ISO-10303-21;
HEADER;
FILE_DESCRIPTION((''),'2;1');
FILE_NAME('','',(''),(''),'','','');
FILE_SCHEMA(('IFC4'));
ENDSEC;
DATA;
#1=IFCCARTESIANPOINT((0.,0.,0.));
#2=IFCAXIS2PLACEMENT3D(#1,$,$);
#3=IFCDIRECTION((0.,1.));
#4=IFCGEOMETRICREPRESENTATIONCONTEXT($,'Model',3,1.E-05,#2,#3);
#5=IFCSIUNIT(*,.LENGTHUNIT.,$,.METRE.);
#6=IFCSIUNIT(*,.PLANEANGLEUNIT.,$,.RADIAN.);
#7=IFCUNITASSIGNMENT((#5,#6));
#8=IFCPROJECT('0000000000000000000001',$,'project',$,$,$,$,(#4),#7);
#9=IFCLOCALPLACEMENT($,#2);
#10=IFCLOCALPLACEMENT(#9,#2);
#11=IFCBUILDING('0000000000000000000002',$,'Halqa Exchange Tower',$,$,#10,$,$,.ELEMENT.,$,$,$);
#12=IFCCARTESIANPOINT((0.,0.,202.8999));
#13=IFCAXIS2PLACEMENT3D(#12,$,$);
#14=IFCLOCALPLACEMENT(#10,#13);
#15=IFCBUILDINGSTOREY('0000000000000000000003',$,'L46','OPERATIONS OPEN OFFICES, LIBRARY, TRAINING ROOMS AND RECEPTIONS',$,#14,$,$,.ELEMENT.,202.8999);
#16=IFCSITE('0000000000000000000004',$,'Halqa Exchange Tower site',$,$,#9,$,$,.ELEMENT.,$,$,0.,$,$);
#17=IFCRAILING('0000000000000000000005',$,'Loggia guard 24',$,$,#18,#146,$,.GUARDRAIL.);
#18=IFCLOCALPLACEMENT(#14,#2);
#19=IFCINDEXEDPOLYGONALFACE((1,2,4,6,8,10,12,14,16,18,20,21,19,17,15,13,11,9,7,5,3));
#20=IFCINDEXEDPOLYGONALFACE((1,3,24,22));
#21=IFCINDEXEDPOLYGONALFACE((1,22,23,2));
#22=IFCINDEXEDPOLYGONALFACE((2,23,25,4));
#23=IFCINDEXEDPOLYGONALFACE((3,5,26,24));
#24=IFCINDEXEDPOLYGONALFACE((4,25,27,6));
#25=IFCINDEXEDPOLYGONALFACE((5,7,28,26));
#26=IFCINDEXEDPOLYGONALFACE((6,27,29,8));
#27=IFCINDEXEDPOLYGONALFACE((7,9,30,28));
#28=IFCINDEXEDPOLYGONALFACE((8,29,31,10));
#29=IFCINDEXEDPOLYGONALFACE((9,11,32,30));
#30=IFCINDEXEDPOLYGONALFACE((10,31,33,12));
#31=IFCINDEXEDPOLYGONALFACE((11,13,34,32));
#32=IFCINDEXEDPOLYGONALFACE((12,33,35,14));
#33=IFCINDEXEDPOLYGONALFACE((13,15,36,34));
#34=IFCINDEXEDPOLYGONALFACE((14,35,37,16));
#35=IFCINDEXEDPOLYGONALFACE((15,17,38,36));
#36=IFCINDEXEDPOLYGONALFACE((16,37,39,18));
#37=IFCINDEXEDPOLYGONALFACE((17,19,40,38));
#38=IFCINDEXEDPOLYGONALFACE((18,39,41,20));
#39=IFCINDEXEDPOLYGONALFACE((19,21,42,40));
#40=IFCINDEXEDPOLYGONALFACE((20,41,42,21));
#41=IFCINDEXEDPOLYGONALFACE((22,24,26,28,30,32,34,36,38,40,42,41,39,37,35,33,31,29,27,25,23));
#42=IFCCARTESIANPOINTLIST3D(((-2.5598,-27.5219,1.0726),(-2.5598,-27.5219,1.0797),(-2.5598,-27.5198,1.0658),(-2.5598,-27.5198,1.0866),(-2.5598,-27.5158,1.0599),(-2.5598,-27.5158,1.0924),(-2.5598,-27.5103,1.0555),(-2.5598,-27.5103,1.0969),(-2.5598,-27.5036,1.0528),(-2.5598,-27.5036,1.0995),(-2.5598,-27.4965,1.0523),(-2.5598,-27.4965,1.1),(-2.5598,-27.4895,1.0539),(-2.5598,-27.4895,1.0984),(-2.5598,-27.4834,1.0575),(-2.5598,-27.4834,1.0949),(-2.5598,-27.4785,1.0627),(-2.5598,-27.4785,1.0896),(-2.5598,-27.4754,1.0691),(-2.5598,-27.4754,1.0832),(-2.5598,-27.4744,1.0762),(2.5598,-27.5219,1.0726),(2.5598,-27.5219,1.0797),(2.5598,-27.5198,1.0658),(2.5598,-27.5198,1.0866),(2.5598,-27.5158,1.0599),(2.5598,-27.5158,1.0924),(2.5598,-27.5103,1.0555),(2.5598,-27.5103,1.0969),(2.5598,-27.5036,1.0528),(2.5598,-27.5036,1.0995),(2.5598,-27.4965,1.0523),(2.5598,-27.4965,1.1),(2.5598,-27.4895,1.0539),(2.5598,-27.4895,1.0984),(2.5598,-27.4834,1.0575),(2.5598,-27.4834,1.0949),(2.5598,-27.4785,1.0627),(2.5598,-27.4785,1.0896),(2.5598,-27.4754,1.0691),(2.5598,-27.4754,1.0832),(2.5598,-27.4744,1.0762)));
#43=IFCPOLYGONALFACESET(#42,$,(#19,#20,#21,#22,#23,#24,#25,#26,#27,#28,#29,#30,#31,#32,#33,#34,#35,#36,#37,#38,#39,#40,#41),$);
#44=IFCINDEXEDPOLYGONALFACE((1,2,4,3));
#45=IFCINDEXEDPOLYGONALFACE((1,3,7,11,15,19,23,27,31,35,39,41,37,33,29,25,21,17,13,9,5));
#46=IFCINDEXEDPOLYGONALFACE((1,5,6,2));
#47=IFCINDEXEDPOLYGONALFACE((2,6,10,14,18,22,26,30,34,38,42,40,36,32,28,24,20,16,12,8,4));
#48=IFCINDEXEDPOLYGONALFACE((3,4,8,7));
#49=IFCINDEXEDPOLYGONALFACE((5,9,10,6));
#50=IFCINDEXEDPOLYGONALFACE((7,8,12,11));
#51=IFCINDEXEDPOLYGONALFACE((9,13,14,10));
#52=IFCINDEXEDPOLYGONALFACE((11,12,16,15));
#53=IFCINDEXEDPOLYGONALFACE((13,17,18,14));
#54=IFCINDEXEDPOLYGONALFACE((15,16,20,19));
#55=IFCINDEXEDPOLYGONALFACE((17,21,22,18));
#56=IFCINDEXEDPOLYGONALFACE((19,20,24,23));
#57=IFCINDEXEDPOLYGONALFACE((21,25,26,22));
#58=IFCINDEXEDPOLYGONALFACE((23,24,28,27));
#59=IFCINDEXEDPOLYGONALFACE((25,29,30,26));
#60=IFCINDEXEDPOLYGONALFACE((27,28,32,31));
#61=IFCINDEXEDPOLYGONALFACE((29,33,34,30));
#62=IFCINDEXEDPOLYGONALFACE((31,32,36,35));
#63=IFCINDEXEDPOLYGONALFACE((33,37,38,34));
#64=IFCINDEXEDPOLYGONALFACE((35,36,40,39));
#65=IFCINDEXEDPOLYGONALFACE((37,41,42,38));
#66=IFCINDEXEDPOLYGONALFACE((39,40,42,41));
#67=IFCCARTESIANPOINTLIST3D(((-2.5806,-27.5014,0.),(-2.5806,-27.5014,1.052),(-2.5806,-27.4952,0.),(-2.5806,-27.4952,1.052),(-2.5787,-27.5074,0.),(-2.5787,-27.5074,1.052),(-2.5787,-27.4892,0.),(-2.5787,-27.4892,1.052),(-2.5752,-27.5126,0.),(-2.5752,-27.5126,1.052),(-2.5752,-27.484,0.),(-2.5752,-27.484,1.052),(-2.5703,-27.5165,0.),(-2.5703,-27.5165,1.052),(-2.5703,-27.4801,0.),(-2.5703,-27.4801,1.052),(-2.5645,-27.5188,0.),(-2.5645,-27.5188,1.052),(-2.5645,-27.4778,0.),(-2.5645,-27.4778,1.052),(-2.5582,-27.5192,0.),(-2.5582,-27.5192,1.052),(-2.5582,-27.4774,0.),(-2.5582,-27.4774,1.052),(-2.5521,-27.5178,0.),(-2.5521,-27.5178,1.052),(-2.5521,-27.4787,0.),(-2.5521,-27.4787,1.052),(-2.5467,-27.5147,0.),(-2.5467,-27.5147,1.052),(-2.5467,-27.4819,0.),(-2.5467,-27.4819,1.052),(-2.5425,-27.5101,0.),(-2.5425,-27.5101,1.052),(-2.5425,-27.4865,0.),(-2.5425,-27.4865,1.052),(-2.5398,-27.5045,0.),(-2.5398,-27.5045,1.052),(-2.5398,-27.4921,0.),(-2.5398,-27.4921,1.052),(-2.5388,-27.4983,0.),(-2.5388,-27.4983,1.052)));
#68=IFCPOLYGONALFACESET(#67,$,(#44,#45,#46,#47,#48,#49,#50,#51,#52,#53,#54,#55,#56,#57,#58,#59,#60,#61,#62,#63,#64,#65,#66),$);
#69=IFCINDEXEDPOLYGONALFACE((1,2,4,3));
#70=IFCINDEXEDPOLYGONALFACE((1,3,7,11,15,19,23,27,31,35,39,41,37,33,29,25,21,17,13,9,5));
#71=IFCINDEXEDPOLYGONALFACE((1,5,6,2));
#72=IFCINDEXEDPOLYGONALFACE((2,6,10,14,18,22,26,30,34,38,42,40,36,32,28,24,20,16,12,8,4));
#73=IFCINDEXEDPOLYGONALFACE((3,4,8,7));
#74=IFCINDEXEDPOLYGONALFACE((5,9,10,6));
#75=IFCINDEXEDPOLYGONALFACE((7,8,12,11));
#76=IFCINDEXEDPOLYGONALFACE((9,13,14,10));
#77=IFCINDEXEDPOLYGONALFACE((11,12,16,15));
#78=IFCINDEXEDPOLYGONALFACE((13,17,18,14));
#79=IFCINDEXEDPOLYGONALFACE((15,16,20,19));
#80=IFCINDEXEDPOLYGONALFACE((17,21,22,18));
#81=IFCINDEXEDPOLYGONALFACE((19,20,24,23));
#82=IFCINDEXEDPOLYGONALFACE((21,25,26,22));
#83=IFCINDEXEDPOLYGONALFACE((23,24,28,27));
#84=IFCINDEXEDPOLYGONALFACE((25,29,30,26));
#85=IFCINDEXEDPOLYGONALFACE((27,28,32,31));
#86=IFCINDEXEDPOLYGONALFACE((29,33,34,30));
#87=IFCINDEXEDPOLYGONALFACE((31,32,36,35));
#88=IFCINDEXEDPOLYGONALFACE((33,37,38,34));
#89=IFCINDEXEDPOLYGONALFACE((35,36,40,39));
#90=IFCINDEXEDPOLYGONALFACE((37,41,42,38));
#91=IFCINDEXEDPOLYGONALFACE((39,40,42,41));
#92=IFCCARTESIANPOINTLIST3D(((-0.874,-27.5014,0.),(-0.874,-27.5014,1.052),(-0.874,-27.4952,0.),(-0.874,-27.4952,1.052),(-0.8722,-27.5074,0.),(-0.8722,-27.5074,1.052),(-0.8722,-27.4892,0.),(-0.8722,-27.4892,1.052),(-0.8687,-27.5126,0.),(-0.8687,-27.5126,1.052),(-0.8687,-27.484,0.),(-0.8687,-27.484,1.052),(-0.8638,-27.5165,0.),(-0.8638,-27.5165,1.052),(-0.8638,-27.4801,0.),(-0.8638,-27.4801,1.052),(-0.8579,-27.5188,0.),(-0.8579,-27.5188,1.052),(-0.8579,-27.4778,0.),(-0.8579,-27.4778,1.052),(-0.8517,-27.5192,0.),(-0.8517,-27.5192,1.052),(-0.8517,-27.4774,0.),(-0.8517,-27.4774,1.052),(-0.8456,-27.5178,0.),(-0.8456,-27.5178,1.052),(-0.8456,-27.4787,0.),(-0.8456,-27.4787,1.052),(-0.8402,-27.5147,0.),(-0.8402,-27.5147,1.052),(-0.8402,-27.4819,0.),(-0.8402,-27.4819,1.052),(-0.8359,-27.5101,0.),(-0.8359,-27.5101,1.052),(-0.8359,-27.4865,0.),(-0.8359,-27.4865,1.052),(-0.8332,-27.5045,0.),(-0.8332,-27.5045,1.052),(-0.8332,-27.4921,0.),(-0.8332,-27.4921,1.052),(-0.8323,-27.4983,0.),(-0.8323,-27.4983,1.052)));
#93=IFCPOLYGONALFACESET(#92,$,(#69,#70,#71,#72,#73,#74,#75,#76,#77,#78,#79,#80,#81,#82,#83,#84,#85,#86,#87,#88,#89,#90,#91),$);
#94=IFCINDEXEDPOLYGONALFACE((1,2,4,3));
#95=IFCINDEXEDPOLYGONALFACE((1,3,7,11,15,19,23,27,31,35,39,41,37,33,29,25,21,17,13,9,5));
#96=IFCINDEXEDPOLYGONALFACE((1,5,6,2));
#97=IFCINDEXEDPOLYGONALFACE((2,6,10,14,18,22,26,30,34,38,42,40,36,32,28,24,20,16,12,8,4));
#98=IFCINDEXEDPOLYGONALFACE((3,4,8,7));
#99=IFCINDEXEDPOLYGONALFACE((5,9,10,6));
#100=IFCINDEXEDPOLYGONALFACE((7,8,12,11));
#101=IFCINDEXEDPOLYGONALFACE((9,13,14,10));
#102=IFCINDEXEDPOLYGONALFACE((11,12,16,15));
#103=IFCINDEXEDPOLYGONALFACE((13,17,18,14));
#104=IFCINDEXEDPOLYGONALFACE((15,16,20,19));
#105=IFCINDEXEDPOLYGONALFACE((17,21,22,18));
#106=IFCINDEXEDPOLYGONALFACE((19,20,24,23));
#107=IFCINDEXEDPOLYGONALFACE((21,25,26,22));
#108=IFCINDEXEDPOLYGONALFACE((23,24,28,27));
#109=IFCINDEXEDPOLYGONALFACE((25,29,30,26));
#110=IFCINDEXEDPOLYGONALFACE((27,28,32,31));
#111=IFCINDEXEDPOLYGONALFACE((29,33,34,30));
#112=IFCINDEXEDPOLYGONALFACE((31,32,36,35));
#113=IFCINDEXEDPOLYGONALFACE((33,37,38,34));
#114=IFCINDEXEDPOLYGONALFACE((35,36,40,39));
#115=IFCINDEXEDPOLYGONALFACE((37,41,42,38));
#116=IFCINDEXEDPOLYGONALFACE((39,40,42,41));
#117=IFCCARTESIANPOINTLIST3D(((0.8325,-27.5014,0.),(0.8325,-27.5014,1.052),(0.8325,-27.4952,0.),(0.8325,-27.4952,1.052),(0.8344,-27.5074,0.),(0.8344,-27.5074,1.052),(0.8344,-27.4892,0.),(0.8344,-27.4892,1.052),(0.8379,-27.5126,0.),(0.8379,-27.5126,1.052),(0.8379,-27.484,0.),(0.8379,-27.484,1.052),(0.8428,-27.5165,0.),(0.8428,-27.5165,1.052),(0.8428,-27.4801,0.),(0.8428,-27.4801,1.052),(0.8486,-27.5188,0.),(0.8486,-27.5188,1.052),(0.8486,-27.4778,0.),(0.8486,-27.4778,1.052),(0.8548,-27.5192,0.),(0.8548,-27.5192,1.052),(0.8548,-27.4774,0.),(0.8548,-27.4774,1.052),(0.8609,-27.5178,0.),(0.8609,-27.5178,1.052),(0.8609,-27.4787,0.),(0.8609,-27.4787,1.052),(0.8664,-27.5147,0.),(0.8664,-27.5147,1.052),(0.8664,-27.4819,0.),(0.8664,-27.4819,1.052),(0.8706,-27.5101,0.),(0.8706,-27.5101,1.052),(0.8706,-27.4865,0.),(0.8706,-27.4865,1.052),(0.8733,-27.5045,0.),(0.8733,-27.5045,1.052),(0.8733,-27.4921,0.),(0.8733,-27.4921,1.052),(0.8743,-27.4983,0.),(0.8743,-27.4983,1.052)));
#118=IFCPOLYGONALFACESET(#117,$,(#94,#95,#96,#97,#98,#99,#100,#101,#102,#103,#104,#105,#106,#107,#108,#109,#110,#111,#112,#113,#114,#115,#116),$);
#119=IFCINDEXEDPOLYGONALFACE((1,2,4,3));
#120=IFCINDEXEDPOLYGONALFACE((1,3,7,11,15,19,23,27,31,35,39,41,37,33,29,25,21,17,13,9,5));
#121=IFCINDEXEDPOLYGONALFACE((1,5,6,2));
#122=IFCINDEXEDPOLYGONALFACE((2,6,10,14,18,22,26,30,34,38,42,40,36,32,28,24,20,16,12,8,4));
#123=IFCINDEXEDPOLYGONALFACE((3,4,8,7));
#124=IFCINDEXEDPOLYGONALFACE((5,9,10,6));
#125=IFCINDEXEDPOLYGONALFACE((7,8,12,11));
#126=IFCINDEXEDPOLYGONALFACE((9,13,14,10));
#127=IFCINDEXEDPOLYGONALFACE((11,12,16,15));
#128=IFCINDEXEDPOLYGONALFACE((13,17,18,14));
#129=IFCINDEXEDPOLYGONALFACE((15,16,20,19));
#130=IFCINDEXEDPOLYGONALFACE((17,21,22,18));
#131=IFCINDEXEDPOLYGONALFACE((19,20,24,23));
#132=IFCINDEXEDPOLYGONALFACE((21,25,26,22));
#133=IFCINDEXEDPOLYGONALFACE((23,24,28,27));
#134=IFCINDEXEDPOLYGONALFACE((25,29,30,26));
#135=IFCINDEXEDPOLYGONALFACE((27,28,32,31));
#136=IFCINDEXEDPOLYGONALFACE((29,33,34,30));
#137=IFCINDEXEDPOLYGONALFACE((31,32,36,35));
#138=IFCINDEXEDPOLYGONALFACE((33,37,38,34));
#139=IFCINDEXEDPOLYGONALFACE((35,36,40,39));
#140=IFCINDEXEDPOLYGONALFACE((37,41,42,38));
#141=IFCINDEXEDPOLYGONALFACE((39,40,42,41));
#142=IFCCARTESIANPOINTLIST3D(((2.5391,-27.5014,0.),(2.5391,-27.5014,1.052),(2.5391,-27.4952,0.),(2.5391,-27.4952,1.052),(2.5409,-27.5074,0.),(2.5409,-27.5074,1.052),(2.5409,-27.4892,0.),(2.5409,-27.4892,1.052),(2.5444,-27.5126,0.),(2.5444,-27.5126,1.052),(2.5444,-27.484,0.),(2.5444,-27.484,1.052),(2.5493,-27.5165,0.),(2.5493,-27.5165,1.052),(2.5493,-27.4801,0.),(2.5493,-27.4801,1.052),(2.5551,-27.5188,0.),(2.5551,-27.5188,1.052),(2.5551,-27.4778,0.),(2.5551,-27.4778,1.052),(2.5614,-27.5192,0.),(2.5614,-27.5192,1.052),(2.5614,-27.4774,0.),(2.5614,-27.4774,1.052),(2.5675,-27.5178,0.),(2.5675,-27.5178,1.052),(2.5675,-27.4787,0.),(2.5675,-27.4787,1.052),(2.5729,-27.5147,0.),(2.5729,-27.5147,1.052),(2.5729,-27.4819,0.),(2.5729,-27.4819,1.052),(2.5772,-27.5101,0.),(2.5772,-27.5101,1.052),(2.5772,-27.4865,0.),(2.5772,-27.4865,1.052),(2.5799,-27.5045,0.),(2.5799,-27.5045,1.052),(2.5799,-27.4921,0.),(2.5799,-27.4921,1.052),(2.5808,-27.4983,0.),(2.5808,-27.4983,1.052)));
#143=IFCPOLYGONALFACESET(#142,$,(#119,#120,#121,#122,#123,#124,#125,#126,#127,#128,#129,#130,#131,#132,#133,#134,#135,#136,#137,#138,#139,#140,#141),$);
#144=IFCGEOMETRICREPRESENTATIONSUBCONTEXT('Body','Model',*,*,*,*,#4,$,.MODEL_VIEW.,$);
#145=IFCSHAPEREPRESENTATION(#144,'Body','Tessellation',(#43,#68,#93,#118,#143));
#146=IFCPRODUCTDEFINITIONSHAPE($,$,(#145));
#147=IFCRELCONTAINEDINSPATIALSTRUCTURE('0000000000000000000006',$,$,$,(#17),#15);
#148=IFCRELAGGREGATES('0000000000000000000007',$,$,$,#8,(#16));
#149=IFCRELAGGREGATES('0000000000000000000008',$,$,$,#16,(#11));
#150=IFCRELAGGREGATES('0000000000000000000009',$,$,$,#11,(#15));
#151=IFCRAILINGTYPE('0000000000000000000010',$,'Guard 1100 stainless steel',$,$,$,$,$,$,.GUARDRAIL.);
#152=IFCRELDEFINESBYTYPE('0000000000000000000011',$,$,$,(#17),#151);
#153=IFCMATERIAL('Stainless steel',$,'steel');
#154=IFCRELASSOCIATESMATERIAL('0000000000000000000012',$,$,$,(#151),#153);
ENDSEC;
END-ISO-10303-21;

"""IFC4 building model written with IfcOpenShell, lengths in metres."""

from ifc_helpers import new_model, si_unit, direction, frame, origin, origin_2d, place, context, subcontext, project, spatial, circle, extrude, material, type_object, element, save


model = new_model("IFC4")

# Units and contexts
model_context = context("Model", 3, precision=1e-05, world=origin(), true_north=direction((0.0, 1.0)))
body_context = subcontext(model_context, "Body", "Model", "MODEL_VIEW")
ifc_project = project(units=[si_unit("LENGTHUNIT", "METRE"), si_unit("PLANEANGLEUNIT", "RADIAN")], contexts=[model_context])

# Site, building, storey
site_placement = place(None, origin())
site = spatial("IfcSite", under=ifc_project, at=site_placement, Name="Halqa Exchange Tower site", CompositionType="ELEMENT", RefElevation=0.0)
building_placement = place(site_placement, origin())
building = spatial("IfcBuilding", under=site, at=building_placement, Name="Halqa Exchange Tower", CompositionType="ELEMENT")
storey_placement = place(building_placement, frame((0.0, 0.0, 202.8999)))
storey = spatial("IfcBuildingStorey", under=building, at=storey_placement, Name="L46", Description="OPERATIONS OPEN OFFICES, LIBRARY, TRAINING ROOMS AND RECEPTIONS", CompositionType="ELEMENT", Elevation=202.8999)

# Railing
ifc_material_1 = material(Name="Stainless steel", Category="steel")
railing_type = type_object("IfcRailingType", Name="Guard 1100 stainless steel", PredefinedType="GUARDRAIL", material=ifc_material_1)
railing_1_placement = place(storey_placement, frame((-2.5598, -27.4983, 0.0)))
element("IfcRailing", 1, at=railing_1_placement, inside=storey, type_object=railing_type, Name="Loggia guard 24", PredefinedType="GUARDRAIL", context=body_context, shape_type="SweptSolid", body=[
    extrude(circle(Radius=0.0239, at=origin_2d()), frame((0.0, 0.0, 1.0762), z_axis=(1.0, 0.0, 0.0), x_axis=(0.0, 1.0, 0.0)), (0.0, 0.0, 1.0), 5.1196),
    extrude(circle(Radius=0.021, at=origin_2d()), origin(), (0.0, 0.0, 1.0), 1.052),
    extrude(circle(Radius=0.021, at=origin_2d()), frame((1.7065, 0.0, 0.0)), (0.0, 0.0, 1.0), 1.052),
    extrude(circle(Radius=0.021, at=origin_2d()), frame((3.4131, 0.0, 0.0)), (0.0, 0.0, 1.0), 1.052),
    extrude(circle(Radius=0.021, at=origin_2d()), frame((5.1196, 0.0, 0.0)), (0.0, 0.0, 1.0), 1.052),
])

save(model, "model.ifc")
